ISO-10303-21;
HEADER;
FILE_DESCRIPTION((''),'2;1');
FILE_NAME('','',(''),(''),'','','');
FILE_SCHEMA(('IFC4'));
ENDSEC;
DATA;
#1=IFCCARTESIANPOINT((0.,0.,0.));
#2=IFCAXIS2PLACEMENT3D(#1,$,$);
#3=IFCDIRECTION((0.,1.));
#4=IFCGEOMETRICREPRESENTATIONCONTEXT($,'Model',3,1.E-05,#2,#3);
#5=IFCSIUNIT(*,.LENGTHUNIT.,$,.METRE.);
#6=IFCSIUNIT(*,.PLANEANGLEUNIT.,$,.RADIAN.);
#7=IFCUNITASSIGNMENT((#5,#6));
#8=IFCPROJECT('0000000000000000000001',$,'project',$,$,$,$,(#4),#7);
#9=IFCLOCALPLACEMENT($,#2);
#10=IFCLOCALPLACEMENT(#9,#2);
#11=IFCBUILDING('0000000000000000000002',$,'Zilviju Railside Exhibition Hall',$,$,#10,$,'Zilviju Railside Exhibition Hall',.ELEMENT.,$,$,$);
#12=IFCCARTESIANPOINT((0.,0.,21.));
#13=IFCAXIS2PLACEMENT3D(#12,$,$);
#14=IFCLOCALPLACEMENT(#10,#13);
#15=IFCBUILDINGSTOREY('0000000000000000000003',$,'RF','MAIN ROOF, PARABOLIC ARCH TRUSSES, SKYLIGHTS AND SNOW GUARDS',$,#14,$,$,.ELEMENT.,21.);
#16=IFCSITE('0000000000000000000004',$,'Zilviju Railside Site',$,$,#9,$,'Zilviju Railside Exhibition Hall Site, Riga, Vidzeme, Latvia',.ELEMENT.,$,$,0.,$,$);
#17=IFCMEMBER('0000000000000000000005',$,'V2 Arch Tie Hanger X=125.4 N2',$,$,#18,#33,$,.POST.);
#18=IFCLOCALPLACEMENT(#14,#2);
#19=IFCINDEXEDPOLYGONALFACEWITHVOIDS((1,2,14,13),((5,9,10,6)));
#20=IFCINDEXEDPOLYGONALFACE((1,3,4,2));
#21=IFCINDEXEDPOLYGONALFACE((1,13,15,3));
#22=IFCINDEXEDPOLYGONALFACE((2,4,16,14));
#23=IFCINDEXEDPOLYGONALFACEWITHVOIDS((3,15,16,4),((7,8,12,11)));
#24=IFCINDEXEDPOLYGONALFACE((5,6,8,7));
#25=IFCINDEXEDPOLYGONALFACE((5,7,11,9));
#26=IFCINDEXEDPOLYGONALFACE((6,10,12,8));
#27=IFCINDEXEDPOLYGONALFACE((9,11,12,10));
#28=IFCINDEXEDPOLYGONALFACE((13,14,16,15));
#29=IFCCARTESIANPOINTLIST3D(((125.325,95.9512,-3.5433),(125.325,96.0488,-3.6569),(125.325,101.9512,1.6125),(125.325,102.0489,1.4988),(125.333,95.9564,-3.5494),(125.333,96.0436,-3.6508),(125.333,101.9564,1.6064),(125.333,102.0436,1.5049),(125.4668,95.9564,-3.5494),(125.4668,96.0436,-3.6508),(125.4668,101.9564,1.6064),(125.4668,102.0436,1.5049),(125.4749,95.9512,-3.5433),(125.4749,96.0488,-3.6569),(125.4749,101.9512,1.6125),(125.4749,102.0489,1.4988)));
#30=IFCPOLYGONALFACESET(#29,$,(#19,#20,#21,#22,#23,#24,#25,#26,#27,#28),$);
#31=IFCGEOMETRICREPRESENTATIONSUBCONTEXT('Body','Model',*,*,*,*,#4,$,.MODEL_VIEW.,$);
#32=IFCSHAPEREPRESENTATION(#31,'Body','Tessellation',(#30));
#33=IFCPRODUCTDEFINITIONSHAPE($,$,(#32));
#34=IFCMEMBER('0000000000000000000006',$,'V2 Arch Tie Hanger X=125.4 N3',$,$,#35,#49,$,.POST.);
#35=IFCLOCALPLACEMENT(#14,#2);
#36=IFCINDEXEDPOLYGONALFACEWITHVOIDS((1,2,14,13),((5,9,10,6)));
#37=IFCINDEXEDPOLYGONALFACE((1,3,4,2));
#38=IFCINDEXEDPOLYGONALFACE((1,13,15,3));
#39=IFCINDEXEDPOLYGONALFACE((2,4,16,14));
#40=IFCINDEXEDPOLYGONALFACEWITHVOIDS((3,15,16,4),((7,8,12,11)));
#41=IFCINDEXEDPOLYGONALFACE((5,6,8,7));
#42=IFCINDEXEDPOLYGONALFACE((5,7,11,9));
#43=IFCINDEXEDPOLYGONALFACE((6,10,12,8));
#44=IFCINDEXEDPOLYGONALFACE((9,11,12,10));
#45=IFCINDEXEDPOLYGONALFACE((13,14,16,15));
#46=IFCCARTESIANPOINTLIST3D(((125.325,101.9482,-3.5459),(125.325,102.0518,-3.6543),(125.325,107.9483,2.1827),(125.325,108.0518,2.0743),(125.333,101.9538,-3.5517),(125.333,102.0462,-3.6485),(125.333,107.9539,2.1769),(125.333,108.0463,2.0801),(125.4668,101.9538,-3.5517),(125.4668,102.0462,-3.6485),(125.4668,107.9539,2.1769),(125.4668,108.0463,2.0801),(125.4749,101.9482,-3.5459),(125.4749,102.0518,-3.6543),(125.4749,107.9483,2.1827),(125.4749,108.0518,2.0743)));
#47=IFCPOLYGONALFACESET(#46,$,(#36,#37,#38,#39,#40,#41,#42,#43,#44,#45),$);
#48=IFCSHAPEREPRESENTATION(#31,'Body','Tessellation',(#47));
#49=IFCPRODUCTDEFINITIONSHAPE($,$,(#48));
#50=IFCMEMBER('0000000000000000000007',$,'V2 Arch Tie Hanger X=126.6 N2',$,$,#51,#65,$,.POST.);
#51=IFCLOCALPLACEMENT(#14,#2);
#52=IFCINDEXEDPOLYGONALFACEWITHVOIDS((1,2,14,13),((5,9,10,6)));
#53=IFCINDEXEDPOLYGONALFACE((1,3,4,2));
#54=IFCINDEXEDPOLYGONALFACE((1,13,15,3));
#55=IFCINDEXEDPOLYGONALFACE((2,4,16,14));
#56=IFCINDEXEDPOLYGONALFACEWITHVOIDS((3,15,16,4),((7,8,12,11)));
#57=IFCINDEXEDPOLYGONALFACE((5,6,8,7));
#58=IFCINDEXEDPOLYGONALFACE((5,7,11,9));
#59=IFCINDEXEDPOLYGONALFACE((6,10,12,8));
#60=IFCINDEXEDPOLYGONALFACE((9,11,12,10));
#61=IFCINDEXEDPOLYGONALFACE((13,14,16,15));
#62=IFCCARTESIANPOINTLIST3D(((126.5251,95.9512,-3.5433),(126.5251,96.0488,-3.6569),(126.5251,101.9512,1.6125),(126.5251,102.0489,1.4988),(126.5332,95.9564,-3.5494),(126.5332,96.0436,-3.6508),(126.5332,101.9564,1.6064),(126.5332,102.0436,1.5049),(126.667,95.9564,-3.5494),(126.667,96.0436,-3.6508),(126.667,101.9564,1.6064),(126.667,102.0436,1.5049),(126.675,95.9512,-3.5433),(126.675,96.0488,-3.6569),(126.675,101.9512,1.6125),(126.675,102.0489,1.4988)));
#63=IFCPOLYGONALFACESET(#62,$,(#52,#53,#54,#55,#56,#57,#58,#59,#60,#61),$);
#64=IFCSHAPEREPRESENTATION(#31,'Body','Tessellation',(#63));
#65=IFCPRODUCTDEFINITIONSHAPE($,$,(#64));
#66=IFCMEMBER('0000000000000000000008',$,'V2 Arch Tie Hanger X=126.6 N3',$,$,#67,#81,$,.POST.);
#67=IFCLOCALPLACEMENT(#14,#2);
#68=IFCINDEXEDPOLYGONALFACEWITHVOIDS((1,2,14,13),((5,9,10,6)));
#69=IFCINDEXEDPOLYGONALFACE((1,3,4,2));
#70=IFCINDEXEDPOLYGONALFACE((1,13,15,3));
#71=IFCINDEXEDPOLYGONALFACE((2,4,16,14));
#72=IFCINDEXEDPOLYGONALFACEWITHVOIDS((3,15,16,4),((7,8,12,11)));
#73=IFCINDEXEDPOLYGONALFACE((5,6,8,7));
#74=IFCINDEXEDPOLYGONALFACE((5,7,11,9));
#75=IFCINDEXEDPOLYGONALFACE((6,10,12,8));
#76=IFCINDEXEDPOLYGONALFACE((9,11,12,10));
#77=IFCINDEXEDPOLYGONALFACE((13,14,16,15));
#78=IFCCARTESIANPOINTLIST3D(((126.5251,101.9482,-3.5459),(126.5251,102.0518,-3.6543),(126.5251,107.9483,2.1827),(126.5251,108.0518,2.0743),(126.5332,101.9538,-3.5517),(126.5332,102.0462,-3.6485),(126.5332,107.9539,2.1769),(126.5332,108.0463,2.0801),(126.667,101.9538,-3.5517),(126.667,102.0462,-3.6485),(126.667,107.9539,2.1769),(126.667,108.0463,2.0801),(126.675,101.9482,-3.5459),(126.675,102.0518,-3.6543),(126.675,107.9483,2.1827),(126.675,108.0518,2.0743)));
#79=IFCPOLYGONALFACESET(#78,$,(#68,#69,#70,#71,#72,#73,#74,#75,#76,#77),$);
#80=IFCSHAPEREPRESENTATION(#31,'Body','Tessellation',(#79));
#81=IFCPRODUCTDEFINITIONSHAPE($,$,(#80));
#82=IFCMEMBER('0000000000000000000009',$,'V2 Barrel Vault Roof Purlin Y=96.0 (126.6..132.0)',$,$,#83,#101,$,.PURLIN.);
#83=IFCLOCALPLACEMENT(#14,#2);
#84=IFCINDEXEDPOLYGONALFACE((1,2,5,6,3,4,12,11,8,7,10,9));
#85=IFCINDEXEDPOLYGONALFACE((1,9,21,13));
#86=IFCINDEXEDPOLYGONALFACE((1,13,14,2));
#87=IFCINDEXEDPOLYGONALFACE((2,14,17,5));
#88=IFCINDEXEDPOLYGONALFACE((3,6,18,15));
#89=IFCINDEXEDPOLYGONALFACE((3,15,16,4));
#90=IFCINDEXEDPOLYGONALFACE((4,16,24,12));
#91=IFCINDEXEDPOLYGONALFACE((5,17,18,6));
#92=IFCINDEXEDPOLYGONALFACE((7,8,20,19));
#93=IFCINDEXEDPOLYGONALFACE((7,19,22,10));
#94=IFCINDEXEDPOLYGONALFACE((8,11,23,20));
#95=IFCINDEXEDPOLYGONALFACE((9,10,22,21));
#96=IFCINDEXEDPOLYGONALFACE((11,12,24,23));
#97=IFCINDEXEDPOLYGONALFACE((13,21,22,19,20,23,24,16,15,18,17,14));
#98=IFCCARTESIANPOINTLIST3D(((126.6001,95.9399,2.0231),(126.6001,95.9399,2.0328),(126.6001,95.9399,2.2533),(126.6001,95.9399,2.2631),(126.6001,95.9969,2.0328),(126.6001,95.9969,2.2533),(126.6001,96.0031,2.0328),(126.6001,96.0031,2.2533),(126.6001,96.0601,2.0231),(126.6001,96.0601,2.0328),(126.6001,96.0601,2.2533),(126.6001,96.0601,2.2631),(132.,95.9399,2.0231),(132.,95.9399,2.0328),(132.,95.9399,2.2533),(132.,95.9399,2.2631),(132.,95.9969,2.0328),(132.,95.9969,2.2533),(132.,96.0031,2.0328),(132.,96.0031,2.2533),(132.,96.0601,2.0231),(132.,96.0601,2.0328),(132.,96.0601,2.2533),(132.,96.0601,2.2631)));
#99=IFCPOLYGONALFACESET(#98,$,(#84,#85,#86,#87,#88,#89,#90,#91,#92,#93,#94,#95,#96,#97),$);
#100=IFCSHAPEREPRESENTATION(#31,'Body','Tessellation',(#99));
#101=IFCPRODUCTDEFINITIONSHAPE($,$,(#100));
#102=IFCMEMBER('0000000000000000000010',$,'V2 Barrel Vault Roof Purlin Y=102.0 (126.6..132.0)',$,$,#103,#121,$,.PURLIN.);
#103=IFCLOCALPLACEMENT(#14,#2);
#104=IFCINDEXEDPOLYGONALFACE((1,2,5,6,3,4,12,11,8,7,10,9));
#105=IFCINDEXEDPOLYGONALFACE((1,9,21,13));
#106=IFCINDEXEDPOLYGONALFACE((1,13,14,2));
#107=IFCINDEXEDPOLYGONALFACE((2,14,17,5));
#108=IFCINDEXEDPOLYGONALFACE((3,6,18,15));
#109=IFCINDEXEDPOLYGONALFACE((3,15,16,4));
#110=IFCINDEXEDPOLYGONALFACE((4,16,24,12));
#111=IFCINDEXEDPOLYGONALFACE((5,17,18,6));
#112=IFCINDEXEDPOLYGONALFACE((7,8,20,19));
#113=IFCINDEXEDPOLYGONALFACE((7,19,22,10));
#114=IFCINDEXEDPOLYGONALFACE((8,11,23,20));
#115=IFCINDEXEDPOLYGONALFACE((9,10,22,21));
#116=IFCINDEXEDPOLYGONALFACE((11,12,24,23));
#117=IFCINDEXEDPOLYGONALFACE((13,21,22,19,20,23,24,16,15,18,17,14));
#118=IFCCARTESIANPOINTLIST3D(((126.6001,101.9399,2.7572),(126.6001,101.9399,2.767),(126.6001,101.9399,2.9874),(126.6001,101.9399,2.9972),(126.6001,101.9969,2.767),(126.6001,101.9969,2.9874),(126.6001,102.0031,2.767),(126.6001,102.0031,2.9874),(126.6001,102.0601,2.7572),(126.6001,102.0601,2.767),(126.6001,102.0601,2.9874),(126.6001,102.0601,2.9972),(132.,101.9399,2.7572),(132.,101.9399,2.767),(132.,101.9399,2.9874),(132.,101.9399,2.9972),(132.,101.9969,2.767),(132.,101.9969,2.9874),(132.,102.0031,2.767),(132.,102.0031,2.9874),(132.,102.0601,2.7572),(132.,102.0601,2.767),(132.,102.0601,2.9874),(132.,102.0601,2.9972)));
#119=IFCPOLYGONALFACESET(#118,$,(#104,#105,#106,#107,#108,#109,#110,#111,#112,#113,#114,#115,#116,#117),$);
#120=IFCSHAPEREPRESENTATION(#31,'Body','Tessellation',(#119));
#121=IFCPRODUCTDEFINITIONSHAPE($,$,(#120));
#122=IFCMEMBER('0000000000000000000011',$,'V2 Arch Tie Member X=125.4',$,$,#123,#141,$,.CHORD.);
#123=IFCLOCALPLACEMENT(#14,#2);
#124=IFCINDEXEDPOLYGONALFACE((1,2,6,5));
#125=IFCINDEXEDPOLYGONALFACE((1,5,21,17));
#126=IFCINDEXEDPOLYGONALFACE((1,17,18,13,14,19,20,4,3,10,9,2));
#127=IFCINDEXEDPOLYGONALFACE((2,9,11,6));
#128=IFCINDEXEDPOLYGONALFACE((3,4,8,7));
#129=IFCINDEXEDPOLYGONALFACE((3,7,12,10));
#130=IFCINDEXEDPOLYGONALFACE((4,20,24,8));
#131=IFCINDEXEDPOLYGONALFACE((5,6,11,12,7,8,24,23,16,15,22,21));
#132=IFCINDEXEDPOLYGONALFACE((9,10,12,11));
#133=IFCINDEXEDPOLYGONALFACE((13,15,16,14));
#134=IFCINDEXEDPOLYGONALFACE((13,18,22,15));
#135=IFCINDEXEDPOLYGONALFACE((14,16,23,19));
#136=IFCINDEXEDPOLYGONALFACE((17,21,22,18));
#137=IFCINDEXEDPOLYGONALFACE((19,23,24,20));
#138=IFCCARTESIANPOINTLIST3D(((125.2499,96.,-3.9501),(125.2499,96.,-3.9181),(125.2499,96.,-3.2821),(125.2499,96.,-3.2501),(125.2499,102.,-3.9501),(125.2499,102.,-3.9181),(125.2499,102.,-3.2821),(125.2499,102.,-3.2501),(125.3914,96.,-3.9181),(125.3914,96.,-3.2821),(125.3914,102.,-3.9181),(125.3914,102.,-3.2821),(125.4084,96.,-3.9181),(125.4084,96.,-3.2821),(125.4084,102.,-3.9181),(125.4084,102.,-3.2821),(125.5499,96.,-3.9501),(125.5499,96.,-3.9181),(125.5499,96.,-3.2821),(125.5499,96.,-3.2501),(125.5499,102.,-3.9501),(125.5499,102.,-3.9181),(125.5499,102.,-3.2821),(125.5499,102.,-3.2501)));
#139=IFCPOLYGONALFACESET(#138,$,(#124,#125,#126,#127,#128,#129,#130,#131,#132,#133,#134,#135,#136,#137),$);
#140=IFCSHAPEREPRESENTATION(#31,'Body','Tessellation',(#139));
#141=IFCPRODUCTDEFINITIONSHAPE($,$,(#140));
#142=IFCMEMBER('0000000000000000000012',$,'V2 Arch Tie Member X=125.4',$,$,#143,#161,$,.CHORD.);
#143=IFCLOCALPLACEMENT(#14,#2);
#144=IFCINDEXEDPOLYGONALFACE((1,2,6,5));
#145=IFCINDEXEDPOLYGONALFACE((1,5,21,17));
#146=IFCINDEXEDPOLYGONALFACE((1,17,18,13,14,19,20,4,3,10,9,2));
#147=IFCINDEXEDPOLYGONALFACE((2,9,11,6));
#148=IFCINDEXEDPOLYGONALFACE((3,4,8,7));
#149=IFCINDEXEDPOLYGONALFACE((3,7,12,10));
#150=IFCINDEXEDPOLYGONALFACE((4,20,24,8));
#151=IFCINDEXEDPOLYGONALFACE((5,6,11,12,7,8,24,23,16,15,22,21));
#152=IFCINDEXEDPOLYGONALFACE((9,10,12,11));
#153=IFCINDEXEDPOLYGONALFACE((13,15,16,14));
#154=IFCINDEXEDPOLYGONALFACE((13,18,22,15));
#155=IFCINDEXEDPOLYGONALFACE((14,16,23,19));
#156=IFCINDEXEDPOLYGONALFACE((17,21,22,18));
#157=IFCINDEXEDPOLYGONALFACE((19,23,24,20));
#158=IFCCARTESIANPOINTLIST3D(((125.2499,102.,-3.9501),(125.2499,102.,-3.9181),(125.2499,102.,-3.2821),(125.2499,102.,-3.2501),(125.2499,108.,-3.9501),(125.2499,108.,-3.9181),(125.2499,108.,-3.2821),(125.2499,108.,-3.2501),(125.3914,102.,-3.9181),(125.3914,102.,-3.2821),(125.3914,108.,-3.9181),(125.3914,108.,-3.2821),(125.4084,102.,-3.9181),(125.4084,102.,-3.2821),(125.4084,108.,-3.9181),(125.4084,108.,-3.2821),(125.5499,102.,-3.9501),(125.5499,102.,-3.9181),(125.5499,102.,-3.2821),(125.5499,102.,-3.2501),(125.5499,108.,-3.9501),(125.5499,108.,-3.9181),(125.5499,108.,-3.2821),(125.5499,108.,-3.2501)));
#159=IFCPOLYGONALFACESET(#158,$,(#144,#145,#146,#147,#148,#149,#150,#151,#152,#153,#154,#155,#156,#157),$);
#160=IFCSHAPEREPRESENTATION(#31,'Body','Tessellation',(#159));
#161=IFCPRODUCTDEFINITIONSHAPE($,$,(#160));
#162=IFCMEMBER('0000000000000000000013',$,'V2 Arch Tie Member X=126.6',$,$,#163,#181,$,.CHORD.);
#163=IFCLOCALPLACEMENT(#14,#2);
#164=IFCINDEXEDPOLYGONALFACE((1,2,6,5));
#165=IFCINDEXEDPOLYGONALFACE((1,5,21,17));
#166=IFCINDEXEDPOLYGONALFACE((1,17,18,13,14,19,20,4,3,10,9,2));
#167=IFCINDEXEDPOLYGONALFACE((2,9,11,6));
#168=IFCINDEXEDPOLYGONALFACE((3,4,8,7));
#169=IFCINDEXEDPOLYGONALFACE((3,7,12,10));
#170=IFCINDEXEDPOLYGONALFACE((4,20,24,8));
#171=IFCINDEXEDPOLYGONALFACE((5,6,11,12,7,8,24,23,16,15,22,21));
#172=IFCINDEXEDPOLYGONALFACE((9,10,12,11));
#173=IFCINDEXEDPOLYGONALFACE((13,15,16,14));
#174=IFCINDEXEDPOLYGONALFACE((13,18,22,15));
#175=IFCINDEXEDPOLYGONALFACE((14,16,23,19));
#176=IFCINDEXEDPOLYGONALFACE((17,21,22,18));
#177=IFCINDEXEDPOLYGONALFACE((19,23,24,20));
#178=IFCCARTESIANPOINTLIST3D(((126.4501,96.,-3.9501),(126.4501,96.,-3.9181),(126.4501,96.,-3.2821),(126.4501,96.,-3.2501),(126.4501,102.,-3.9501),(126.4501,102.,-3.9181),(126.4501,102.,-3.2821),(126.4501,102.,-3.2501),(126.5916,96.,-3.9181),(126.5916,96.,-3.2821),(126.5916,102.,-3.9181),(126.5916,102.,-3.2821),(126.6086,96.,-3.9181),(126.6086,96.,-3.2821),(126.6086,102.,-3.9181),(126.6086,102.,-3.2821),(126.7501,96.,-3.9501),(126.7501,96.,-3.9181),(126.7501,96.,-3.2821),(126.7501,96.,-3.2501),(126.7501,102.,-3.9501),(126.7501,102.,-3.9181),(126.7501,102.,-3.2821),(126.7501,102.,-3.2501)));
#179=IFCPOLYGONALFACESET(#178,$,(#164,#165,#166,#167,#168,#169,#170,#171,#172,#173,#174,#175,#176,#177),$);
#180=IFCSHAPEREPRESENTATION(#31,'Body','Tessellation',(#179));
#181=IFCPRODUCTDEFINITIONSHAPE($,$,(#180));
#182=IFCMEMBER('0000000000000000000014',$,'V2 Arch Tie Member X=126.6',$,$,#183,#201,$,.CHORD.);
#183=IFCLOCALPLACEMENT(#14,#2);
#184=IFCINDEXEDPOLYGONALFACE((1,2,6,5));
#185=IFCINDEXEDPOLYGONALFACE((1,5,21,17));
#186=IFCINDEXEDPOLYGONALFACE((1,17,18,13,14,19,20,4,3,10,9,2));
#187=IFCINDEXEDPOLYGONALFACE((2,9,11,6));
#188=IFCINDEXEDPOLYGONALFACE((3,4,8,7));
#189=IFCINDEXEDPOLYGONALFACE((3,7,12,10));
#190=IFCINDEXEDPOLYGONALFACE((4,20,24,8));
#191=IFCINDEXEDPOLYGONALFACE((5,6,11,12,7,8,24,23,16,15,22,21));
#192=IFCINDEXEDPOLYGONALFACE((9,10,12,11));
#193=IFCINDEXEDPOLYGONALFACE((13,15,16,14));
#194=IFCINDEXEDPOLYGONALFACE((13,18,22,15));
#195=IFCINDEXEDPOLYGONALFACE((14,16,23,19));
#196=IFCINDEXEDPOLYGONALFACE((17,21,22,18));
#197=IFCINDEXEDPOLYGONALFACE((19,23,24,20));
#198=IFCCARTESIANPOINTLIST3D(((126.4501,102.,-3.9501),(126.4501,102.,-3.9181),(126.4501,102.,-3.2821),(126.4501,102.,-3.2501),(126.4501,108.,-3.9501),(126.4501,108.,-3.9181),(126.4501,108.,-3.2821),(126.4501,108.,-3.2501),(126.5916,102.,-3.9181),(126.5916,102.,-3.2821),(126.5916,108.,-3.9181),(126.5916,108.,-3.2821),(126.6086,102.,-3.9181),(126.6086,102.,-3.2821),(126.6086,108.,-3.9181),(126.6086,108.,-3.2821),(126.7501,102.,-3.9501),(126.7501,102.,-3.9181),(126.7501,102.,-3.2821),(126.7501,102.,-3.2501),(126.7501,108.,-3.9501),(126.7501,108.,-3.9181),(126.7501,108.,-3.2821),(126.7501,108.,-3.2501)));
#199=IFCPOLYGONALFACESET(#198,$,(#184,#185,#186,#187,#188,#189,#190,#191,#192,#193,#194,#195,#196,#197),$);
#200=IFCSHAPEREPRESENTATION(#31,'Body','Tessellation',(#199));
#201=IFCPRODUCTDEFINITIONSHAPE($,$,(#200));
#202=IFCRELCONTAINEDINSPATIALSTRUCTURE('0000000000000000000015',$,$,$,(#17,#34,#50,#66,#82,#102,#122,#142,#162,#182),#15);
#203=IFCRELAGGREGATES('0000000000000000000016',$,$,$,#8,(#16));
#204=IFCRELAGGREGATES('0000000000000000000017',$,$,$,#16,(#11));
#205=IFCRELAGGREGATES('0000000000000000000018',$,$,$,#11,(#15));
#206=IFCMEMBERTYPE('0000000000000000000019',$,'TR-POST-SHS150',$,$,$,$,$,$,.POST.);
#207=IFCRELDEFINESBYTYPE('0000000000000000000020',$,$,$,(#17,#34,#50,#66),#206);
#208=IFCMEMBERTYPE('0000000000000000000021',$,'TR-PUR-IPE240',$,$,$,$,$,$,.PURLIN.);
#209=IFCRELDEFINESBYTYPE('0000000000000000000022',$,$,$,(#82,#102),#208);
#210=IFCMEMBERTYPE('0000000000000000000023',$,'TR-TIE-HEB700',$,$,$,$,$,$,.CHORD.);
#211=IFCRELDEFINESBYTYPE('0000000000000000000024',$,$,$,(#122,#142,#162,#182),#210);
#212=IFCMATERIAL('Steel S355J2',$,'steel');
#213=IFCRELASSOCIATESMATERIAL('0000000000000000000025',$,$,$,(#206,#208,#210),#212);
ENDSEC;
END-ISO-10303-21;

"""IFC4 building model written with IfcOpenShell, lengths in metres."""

from ifc_helpers import new_model, si_unit, direction, frame, origin, origin_2d, place, context, subcontext, project, spatial, hollow_rectangle, i_section, extrude, material, material_profile, profile_set, type_object, element, save


model = new_model("IFC4")

# Units and contexts
model_context = context("Model", 3, precision=1e-05, world=origin(), true_north=direction((0.0, 1.0)))
body_context = subcontext(model_context, "Body", "Model", "MODEL_VIEW")
ifc_project = project(units=[si_unit("LENGTHUNIT", "METRE"), si_unit("PLANEANGLEUNIT", "RADIAN")], contexts=[model_context])

# Site, building, storey
site_placement = place(None, origin())
site = spatial("IfcSite", under=ifc_project, at=site_placement, Name="Zilviju Railside Site", LongName="Zilviju Railside Exhibition Hall Site, Riga, Vidzeme, Latvia", CompositionType="ELEMENT", RefElevation=0.0)
building_placement = place(site_placement, origin())
building = spatial("IfcBuilding", under=site, at=building_placement, Name="Zilviju Railside Exhibition Hall", LongName="Zilviju Railside Exhibition Hall", CompositionType="ELEMENT")
storey_placement = place(building_placement, frame((0.0, 0.0, 21.0)))
storey = spatial("IfcBuildingStorey", under=building, at=storey_placement, Name="RF", Description="MAIN ROOF, PARABOLIC ARCH TRUSSES, SKYLIGHTS AND SNOW GUARDS", CompositionType="ELEMENT", Elevation=21.0)

# Members
ifc_material_1 = material(Name="Steel S355J2", Category="steel")
ifc_material_profile_1 = material_profile(ifc_material_1, hollow_rectangle(XDim=0.1499, YDim=0.1499, WallThickness=0.0081, at=origin_2d()), Name="SHS 150x150x8.0")
ifc_profile_set_1 = profile_set([ifc_material_profile_1], Name="Steel S355J2")
member_type_1 = type_object("IfcMemberType", Name="TR-POST-SHS150", PredefinedType="POST", material=ifc_profile_set_1)
member_1_placement = place(storey_placement, frame((125.3999, 96.0, -3.6001), z_axis=(0.0, 0.75845, 0.651731), x_axis=(-1.0, 0.0, 0.0)))
element("IfcMember", 1, at=member_1_placement, inside=storey, type_object=member_type_1, Name="V2 Arch Tie Hanger X=125.4 N2", PredefinedType="POST", context=body_context, shape_type="SweptSolid", body=[
    extrude(hollow_rectangle(XDim=0.1499, YDim=0.1499, WallThickness=0.0081, at=origin_2d()), origin(), (0.0, 0.0, 1.0), 7.9109),
])
member_2_placement = place(storey_placement, frame((125.3999, 102.0, -3.6001), z_axis=(0.0, 0.723281, 0.690554), x_axis=(-1.0, 0.0, 0.0)))
element("IfcMember", 2, at=member_2_placement, inside=storey, type_object=member_type_1, Name="V2 Arch Tie Hanger X=125.4 N3", PredefinedType="POST", context=body_context, shape_type="SweptSolid", body=[
    extrude(hollow_rectangle(XDim=0.1499, YDim=0.1499, WallThickness=0.0081, at=origin_2d()), origin(), (0.0, 0.0, 1.0), 8.2957),
])
member_3_placement = place(storey_placement, frame((126.6001, 96.0, -3.6001), z_axis=(0.0, 0.75845, 0.651731), x_axis=(-1.0, 0.0, 0.0)))
element("IfcMember", 3, at=member_3_placement, inside=storey, type_object=member_type_1, Name="V2 Arch Tie Hanger X=126.6 N2", PredefinedType="POST", context=body_context, shape_type="SweptSolid", body=[
    extrude(hollow_rectangle(XDim=0.1499, YDim=0.1499, WallThickness=0.0081, at=origin_2d()), origin(), (0.0, 0.0, 1.0), 7.9109),
])
member_4_placement = place(storey_placement, frame((126.6001, 102.0, -3.6001), z_axis=(0.0, 0.723281, 0.690554), x_axis=(-1.0, 0.0, 0.0)))
element("IfcMember", 4, at=member_4_placement, inside=storey, type_object=member_type_1, Name="V2 Arch Tie Hanger X=126.6 N3", PredefinedType="POST", context=body_context, shape_type="SweptSolid", body=[
    extrude(hollow_rectangle(XDim=0.1499, YDim=0.1499, WallThickness=0.0081, at=origin_2d()), origin(), (0.0, 0.0, 1.0), 8.2957),
])
ifc_material_profile_2 = material_profile(ifc_material_1, i_section(OverallWidth=0.1201, OverallDepth=0.24, WebThickness=0.0061, FlangeThickness=0.0098, at=origin_2d()), Name="IPE 240")
ifc_profile_set_2 = profile_set([ifc_material_profile_2], Name="Steel S355J2")
member_type_2 = type_object("IfcMemberType", Name="TR-PUR-IPE240", PredefinedType="PURLIN", material=ifc_profile_set_2)
for number, where, z_axis, x_axis, name in (
    (5, (126.6001, 96.0, 2.1431), (1.0, 0.0, 0.0), (0.0, 1.0, 0.0), "V2 Barrel Vault Roof Purlin Y=96.0 (126.6..132.0)"),
    (6, (126.6001, 102.0, 2.8772), (1.0, 0.0, 0.0), (0.0, 1.0, 0.0), "V2 Barrel Vault Roof Purlin Y=102.0 (126.6..132.0)"),
):
    element("IfcMember", number, at=place(storey_placement, frame(where, z_axis=z_axis, x_axis=x_axis)), inside=storey, type_object=member_type_2, Name=name, PredefinedType="PURLIN", context=body_context, shape_type="SweptSolid", body=[
        extrude(i_section(OverallWidth=0.1201, OverallDepth=0.24, WebThickness=0.0061, FlangeThickness=0.0098, at=origin_2d()), origin(), (0.0, 0.0, 1.0), 5.3999),
    ])
ifc_material_profile_3 = material_profile(ifc_material_1, i_section(OverallWidth=0.3, OverallDepth=0.7, WebThickness=0.0171, FlangeThickness=0.032, at=origin_2d()), Name="HEB 700")
ifc_profile_set_3 = profile_set([ifc_material_profile_3], Name="Steel S355J2")
member_type_3 = type_object("IfcMemberType", Name="TR-TIE-HEB700", PredefinedType="CHORD", material=ifc_profile_set_3)
for number, where, z_axis, x_axis, name in (
    (7, (125.3999, 96.0, -3.6001), (0.0, 1.0, 0.0), (-1.0, 0.0, 0.0), "V2 Arch Tie Member X=125.4"),
    (8, (125.3999, 102.0, -3.6001), (0.0, 1.0, 0.0), (-1.0, 0.0, 0.0), "V2 Arch Tie Member X=125.4"),
    (9, (126.6001, 96.0, -3.6001), (0.0, 1.0, 0.0), (-1.0, 0.0, 0.0), "V2 Arch Tie Member X=126.6"),
    (10, (126.6001, 102.0, -3.6001), (0.0, 1.0, 0.0), (-1.0, 0.0, 0.0), "V2 Arch Tie Member X=126.6"),
):
    element("IfcMember", number, at=place(storey_placement, frame(where, z_axis=z_axis, x_axis=x_axis)), inside=storey, type_object=member_type_3, Name=name, PredefinedType="CHORD", context=body_context, shape_type="SweptSolid", body=[
        extrude(i_section(OverallWidth=0.3, OverallDepth=0.7, WebThickness=0.0171, FlangeThickness=0.032, at=origin_2d()), origin(), (0.0, 0.0, 1.0), 6.0),
    ])

save(model, "model.ifc")
